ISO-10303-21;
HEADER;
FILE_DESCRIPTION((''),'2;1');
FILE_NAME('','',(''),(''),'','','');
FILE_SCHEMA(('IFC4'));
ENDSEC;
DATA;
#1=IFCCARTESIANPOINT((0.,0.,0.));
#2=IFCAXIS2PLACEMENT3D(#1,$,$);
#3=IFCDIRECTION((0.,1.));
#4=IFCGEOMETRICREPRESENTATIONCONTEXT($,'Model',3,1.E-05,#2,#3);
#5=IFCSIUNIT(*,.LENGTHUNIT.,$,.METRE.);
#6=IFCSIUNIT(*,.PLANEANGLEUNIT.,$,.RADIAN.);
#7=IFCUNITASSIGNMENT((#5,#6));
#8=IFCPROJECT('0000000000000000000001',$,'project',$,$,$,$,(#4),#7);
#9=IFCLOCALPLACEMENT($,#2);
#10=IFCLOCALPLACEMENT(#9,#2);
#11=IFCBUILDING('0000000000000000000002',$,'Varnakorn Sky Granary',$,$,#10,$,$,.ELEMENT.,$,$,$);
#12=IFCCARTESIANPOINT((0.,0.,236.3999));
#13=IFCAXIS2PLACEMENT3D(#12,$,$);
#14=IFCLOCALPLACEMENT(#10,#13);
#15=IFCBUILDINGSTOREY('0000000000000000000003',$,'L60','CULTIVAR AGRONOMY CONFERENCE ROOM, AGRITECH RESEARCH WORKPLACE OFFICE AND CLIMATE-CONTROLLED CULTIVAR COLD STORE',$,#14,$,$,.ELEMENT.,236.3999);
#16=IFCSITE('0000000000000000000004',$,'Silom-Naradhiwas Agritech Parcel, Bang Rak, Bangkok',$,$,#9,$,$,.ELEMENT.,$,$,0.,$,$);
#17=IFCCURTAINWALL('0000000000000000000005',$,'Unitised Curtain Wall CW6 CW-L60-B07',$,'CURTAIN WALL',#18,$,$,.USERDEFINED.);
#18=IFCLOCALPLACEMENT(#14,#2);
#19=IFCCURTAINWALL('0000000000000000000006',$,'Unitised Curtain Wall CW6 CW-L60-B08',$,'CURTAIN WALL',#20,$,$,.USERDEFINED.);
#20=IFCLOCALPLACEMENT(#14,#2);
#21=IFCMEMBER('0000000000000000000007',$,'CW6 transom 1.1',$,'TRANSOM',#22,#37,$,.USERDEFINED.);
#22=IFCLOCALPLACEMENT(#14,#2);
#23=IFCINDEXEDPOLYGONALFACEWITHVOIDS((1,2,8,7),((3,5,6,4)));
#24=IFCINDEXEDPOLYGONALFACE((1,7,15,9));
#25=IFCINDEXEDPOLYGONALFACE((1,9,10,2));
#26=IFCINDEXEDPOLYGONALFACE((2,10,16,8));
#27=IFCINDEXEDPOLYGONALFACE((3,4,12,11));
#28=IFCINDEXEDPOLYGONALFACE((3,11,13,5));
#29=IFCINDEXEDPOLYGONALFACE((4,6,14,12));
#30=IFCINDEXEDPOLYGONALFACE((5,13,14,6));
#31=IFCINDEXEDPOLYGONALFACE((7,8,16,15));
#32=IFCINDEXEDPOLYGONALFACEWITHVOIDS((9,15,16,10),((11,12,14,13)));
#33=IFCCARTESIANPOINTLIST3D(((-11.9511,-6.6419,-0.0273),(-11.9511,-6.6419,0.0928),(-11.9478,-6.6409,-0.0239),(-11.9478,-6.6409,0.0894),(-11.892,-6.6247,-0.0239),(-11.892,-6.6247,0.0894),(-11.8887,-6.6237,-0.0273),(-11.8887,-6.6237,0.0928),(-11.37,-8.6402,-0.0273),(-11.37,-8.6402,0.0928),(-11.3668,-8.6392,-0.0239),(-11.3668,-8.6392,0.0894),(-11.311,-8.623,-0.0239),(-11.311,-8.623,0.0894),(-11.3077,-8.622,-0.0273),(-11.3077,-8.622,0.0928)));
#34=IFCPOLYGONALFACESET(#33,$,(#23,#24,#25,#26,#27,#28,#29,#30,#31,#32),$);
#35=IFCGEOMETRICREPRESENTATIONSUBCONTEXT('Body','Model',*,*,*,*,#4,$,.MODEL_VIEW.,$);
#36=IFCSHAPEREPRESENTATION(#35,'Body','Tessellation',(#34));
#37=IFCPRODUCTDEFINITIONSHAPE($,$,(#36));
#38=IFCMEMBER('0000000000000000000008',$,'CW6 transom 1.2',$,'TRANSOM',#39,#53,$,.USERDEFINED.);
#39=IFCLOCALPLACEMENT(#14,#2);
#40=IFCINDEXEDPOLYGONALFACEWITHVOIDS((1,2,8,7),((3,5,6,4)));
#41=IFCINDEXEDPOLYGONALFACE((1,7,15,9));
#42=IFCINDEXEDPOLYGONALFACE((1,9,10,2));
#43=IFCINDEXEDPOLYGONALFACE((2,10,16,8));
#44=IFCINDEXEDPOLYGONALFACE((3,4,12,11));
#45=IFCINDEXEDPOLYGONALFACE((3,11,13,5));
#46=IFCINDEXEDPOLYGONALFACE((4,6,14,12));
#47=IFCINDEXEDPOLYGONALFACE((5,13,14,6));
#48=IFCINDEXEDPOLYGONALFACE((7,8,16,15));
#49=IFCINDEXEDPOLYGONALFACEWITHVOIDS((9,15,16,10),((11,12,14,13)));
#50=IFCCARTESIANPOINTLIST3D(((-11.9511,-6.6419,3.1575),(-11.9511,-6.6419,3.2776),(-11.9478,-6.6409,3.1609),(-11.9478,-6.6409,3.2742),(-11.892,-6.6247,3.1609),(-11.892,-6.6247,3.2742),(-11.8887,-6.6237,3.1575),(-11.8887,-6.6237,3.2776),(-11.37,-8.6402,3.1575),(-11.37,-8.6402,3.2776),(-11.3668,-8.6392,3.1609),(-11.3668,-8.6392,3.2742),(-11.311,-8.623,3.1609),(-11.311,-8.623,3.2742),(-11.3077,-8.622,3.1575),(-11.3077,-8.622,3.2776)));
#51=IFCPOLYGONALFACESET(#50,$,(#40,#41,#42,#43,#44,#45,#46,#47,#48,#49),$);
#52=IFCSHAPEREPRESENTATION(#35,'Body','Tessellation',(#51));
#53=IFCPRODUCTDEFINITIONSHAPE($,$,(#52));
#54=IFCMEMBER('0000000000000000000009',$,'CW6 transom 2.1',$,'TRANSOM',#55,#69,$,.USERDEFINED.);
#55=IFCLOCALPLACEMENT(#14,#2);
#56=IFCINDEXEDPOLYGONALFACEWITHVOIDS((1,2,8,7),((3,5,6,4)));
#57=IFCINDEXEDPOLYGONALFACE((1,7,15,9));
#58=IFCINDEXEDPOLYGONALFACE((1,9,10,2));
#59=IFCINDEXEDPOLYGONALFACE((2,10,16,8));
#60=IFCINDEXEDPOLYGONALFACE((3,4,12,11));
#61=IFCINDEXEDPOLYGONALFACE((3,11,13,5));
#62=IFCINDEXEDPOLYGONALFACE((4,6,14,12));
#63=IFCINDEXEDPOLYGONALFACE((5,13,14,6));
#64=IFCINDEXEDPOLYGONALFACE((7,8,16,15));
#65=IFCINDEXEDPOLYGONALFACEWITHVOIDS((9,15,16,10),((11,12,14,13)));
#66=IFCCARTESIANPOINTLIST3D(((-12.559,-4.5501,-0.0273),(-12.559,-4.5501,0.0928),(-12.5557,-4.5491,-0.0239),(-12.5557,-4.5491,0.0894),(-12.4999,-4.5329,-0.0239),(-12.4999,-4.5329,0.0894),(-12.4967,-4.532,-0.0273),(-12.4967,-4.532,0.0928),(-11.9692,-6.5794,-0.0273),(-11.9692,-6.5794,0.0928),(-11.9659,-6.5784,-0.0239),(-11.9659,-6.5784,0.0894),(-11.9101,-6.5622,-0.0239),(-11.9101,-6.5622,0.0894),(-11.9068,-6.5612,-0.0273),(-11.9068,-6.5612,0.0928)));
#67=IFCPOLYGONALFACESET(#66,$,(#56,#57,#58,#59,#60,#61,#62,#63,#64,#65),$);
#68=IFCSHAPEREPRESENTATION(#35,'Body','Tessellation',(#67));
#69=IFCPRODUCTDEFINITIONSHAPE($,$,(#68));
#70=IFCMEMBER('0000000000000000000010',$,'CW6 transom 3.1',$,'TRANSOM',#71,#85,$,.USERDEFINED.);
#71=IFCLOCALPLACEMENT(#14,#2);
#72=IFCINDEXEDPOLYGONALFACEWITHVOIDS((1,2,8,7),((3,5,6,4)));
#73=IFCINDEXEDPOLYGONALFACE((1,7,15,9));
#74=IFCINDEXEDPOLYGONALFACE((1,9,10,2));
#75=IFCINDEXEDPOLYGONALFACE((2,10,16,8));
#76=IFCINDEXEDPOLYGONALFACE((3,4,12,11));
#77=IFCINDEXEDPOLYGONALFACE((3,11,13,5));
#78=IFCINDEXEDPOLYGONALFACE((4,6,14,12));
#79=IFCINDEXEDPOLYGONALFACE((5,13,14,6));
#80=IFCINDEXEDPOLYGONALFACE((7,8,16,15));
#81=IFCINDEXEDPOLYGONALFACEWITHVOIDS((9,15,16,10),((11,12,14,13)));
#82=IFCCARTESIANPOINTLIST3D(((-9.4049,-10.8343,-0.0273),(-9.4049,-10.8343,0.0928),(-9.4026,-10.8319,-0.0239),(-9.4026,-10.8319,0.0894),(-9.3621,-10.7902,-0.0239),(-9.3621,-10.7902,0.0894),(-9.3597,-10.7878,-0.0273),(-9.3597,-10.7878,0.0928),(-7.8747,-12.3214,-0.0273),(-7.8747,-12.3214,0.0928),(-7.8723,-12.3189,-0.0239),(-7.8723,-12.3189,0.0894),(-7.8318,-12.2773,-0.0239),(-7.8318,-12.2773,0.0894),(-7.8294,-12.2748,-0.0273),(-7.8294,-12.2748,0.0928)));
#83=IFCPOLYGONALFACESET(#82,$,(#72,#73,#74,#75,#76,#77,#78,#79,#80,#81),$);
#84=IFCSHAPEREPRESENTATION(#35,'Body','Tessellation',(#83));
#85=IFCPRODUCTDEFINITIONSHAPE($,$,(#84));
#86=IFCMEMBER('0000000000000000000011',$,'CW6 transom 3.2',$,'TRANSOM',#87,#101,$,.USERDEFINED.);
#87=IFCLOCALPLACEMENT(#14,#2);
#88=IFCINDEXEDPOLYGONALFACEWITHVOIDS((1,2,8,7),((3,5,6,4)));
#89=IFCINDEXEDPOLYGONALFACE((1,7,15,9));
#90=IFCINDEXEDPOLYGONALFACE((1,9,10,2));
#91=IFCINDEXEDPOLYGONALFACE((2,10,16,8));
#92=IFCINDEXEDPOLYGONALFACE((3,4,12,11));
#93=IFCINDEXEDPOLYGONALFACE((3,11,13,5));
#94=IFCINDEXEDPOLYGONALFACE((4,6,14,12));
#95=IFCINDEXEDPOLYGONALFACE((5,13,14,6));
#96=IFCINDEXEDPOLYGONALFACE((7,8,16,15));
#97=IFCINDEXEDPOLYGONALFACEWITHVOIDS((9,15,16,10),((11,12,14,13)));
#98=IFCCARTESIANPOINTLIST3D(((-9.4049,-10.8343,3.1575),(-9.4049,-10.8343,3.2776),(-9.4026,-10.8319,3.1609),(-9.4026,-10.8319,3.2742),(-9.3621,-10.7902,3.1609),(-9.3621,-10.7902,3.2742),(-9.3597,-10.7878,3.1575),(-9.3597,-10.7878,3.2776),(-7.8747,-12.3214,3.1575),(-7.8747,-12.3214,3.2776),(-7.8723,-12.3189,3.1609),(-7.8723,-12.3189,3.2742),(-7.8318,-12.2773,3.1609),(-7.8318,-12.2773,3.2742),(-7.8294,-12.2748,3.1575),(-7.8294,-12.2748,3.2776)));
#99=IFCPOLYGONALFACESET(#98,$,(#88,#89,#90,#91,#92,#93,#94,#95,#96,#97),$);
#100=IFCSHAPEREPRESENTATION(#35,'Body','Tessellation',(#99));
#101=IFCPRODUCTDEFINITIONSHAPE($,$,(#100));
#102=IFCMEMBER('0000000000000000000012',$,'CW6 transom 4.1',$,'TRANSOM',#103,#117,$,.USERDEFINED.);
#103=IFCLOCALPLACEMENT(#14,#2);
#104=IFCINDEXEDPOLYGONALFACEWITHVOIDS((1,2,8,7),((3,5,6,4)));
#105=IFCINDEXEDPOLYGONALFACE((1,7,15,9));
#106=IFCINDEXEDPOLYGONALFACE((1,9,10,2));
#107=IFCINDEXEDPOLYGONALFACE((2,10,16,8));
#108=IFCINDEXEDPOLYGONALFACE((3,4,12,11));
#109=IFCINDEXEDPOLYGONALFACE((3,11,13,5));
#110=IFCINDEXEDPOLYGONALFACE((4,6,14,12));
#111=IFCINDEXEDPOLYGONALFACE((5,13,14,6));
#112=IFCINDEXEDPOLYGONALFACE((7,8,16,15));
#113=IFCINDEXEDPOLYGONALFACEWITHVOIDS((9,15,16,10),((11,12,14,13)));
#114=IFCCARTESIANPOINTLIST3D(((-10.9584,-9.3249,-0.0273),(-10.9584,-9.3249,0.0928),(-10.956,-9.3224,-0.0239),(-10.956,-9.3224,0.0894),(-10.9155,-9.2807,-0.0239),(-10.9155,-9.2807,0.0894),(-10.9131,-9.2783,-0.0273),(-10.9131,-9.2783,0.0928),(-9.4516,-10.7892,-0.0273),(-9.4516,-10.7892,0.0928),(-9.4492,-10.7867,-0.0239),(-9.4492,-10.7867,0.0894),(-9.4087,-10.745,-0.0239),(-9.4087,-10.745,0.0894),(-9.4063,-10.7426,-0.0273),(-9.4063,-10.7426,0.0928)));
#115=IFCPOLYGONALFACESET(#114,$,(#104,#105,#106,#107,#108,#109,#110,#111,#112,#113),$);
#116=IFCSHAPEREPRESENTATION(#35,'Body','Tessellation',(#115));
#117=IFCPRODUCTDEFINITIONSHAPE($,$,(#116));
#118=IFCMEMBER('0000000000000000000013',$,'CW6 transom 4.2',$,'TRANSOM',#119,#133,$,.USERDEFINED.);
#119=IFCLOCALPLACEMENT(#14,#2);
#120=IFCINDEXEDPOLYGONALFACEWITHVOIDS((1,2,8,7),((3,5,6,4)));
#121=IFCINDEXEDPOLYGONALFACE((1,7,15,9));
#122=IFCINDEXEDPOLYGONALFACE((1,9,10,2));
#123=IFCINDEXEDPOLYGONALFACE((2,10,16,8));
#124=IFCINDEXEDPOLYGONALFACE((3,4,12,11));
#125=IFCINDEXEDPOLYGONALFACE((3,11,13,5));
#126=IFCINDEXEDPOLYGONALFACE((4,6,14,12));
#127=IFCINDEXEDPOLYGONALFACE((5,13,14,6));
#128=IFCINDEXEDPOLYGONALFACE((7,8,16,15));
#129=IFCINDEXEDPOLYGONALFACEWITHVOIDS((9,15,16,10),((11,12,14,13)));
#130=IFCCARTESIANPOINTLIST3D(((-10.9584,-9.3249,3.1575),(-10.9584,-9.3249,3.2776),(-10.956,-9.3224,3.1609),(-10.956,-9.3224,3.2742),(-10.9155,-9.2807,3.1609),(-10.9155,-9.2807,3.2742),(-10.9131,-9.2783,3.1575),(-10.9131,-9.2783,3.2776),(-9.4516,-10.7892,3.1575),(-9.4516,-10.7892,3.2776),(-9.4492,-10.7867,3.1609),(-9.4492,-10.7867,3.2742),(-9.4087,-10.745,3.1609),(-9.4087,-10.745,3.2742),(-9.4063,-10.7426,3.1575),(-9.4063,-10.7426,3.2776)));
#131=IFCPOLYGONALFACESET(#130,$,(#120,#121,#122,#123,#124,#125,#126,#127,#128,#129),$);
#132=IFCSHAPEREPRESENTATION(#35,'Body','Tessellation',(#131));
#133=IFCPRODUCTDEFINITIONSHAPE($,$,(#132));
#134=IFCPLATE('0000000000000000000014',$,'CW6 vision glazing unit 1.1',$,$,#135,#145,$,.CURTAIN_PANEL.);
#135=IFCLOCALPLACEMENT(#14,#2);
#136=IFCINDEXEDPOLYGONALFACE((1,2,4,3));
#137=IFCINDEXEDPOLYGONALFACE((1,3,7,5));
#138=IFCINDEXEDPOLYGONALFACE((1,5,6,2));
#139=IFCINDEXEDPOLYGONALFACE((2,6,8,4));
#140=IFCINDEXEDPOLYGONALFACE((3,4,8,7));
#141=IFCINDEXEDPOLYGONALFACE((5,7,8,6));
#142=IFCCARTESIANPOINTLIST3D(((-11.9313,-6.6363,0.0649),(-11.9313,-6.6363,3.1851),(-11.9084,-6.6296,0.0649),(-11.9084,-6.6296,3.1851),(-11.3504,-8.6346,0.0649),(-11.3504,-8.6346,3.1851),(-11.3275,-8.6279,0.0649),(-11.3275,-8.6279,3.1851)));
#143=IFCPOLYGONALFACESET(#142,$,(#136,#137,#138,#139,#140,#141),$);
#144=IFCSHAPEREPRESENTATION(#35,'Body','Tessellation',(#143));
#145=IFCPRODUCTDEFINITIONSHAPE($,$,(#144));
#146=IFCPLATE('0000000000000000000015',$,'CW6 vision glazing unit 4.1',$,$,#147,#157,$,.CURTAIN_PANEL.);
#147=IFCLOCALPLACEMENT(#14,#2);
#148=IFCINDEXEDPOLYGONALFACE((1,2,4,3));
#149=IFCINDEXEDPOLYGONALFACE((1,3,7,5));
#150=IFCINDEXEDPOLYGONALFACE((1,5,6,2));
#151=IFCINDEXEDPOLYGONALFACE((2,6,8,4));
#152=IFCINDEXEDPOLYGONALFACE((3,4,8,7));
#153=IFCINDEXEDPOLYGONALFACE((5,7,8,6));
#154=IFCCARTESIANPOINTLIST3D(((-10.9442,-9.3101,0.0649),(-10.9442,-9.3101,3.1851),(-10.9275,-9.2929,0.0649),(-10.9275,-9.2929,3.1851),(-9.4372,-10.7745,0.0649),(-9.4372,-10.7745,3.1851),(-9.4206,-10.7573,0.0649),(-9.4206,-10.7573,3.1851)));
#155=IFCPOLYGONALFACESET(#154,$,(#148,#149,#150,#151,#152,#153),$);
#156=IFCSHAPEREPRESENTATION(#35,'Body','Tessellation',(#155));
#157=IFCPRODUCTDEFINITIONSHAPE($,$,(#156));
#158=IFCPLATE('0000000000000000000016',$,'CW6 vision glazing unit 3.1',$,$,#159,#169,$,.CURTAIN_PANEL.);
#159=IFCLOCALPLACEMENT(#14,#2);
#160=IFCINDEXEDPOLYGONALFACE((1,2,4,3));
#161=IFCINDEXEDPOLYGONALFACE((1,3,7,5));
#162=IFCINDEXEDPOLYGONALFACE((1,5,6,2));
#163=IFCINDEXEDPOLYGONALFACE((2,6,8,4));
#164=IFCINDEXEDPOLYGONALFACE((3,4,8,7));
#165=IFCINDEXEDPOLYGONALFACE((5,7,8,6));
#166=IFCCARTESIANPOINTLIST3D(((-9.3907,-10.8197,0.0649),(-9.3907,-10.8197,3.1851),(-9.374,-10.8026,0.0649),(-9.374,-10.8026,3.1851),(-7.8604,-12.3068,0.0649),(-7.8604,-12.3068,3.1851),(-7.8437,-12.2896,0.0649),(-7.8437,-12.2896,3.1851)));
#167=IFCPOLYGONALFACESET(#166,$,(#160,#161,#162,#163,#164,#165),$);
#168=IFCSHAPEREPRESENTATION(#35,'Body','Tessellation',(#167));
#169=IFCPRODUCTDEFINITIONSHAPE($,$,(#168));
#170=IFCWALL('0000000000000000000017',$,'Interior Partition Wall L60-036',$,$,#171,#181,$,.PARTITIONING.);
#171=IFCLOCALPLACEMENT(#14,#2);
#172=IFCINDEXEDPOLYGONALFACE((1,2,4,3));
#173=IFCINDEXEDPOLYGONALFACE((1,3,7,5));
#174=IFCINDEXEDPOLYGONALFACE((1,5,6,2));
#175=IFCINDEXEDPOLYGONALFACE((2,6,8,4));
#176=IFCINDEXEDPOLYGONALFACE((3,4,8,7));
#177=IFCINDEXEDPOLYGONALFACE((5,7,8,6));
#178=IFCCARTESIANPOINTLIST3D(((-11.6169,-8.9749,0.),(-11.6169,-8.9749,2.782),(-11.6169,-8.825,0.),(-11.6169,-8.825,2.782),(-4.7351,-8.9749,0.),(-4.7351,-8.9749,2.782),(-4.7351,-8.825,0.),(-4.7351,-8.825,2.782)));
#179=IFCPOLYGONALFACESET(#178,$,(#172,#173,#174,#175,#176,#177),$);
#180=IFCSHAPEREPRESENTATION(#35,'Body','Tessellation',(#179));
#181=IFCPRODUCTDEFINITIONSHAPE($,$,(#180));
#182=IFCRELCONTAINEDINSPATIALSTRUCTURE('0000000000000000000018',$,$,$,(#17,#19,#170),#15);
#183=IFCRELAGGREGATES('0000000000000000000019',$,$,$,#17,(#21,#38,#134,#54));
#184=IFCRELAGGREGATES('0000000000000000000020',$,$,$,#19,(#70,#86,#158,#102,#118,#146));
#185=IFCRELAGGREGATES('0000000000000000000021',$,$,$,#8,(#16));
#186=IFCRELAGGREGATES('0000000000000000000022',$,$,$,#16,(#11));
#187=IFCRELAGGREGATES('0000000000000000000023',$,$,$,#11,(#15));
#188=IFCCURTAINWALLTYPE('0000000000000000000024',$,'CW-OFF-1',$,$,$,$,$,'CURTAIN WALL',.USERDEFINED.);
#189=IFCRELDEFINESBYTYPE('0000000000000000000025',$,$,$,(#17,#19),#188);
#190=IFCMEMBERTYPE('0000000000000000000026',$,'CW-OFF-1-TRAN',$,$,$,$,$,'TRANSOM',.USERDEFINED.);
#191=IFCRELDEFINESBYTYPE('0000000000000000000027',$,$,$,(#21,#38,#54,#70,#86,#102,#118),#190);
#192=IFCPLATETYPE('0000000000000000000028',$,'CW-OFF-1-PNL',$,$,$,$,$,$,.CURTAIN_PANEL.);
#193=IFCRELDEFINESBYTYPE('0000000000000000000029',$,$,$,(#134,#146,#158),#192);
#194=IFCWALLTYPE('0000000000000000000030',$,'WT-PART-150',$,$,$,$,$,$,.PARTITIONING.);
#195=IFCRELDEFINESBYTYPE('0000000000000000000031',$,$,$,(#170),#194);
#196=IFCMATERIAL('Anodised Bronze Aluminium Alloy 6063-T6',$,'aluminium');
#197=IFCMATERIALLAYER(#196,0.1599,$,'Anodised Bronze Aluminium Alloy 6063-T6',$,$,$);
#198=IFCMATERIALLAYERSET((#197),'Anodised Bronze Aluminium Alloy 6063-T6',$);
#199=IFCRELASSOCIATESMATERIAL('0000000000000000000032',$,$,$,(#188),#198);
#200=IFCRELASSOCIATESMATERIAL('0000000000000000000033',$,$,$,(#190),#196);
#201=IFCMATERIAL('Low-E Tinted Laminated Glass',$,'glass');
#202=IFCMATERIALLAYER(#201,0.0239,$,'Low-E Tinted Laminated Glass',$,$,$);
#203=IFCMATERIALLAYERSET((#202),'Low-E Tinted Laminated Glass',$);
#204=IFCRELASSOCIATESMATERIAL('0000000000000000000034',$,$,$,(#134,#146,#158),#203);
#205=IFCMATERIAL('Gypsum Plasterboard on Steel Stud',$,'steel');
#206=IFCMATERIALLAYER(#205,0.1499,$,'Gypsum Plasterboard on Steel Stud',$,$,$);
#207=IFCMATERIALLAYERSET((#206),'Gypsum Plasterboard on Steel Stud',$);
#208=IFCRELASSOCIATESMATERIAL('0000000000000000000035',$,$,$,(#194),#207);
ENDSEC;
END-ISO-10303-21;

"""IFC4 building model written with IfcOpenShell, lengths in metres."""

from ifc_helpers import new_model, si_unit, direction, frame, frame_2d, origin, origin_2d, place, context, subcontext, project, spatial, rectangle, hollow_rectangle, extrude, source, transform, mapped, material, layer, layer_set, material_profile, profile_set, type_object, type_shapes, element, aggregate, save


model = new_model("IFC4")

# Units and contexts
model_context = context("Model", 3, precision=1e-05, world=origin(), true_north=direction((0.0, 1.0)))
body_context = subcontext(model_context, "Body", "Model", "MODEL_VIEW")
ifc_project = project(units=[si_unit("LENGTHUNIT", "METRE"), si_unit("PLANEANGLEUNIT", "RADIAN")], contexts=[model_context])

# Site, building, storey
site_placement = place(None, origin())
site = spatial("IfcSite", under=ifc_project, at=site_placement, Name="Silom-Naradhiwas Agritech Parcel, Bang Rak, Bangkok", CompositionType="ELEMENT", RefElevation=0.0)
building_placement = place(site_placement, origin())
building = spatial("IfcBuilding", under=site, at=building_placement, Name="Varnakorn Sky Granary", CompositionType="ELEMENT")
storey_placement = place(building_placement, frame((0.0, 0.0, 236.3999)))
storey = spatial("IfcBuildingStorey", under=building, at=storey_placement, Name="L60", Description="CULTIVAR AGRONOMY CONFERENCE ROOM, AGRITECH RESEARCH WORKPLACE OFFICE AND CLIMATE-CONTROLLED CULTIVAR COLD STORE", CompositionType="ELEMENT", Elevation=236.3999)

# Curtain walls
ifc_material_1 = material(Name="Anodised Bronze Aluminium Alloy 6063-T6", Category="aluminium")
ifc_layer_1 = layer(ifc_material_1, 0.1599, Name="Anodised Bronze Aluminium Alloy 6063-T6")
ifc_layer_set_1 = layer_set([ifc_layer_1], Name="Anodised Bronze Aluminium Alloy 6063-T6")
curtain_wall_type = type_object("IfcCurtainWallType", Name="CW-OFF-1", ElementType="CURTAIN WALL", PredefinedType="USERDEFINED", material=ifc_layer_set_1)
curtain_wall_1_placement = place(storey_placement, origin())
curtain_wall_1 = element("IfcCurtainWall", 1, at=curtain_wall_1_placement, inside=storey, type_object=curtain_wall_type, Name="Unitised Curtain Wall CW6 CW-L60-B07", ObjectType="CURTAIN WALL", PredefinedType="USERDEFINED")
curtain_wall_2_placement = place(storey_placement, origin())
curtain_wall_2 = element("IfcCurtainWall", 2, at=curtain_wall_2_placement, inside=storey, type_object=curtain_wall_type, Name="Unitised Curtain Wall CW6 CW-L60-B08", ObjectType="CURTAIN WALL", PredefinedType="USERDEFINED")

# Members
ifc_material_profile_1 = material_profile(ifc_material_1, hollow_rectangle(XDim=0.0649, YDim=0.1201, WallThickness=0.0034, at=origin_2d()), Name="ALU TRAN 65x120")
ifc_profile_set_1 = profile_set([ifc_material_profile_1], Name="Anodised Bronze Aluminium Alloy 6063-T6")
member_type_1 = type_object("IfcMemberType", Name="CW-OFF-1-TRAN", ElementType="TRANSOM", PredefinedType="USERDEFINED", material=ifc_profile_set_1)
member_1_placement = place(storey_placement, frame((-11.3389, -8.6311, 0.0327), z_axis=(-0.279212, 0.96023, 0.0), x_axis=(-0.96023, -0.279212, 0.0)))
member_1 = element("IfcMember", 3, at=member_1_placement, type_object=member_type_1, Name="CW6 transom 1.1", ObjectType="TRANSOM", PredefinedType="USERDEFINED", context=body_context, shape_type="SweptSolid", body=[
    extrude(hollow_rectangle(XDim=0.0649, YDim=0.1201, WallThickness=0.0034, at=origin_2d()), origin(), (0.0, 0.0, 1.0), 2.0811),
])
member_2_placement = place(storey_placement, frame((-11.3389, -8.6311, 3.2175), z_axis=(-0.279212, 0.96023, 0.0), x_axis=(-0.96023, -0.279212, 0.0)))
member_2 = element("IfcMember", 4, at=member_2_placement, type_object=member_type_1, Name="CW6 transom 1.2", ObjectType="TRANSOM", PredefinedType="USERDEFINED", context=body_context, shape_type="SweptSolid", body=[
    extrude(hollow_rectangle(XDim=0.0649, YDim=0.1201, WallThickness=0.0034, at=origin_2d()), origin(), (0.0, 0.0, 1.0), 2.0811),
])
member_3_placement = place(storey_placement, frame((-11.938, -6.5703, 0.0327), z_axis=(-0.279113, 0.960258, 0.0), x_axis=(-0.960258, -0.279113, 0.0)))
member_3 = element("IfcMember", 5, at=member_3_placement, type_object=member_type_1, Name="CW6 transom 2.1", ObjectType="TRANSOM", PredefinedType="USERDEFINED", context=body_context, shape_type="SweptSolid", body=[
    extrude(hollow_rectangle(XDim=0.0649, YDim=0.1201, WallThickness=0.0034, at=origin_2d()), origin(), (0.0, 0.0, 1.0), 2.1133),
])
member_4_placement = place(storey_placement, frame((-7.8521, -12.2981, 0.0327), z_axis=(-0.71716, 0.696908, 0.0), x_axis=(-0.696908, -0.71716, 0.0)))
member_4 = element("IfcMember", 6, at=member_4_placement, type_object=member_type_1, Name="CW6 transom 3.1", ObjectType="TRANSOM", PredefinedType="USERDEFINED", context=body_context, shape_type="SweptSolid", body=[
    extrude(hollow_rectangle(XDim=0.0649, YDim=0.1201, WallThickness=0.0034, at=origin_2d()), origin(), (0.0, 0.0, 1.0), 2.1338),
])
member_5_placement = place(storey_placement, frame((-7.8521, -12.2981, 3.2175), z_axis=(-0.71716, 0.696908, 0.0), x_axis=(-0.696908, -0.71716, 0.0)))
member_5 = element("IfcMember", 7, at=member_5_placement, type_object=member_type_1, Name="CW6 transom 3.2", ObjectType="TRANSOM", PredefinedType="USERDEFINED", context=body_context, shape_type="SweptSolid", body=[
    extrude(hollow_rectangle(XDim=0.0649, YDim=0.1201, WallThickness=0.0034, at=origin_2d()), origin(), (0.0, 0.0, 1.0), 2.1338),
])
member_6_placement = place(storey_placement, frame((-9.429, -10.7659, 0.0327), z_axis=(-0.717143, 0.696926, 0.0), x_axis=(-0.696926, -0.717143, 0.0)))
member_6 = element("IfcMember", 8, at=member_6_placement, type_object=member_type_1, Name="CW6 transom 4.1", ObjectType="TRANSOM", PredefinedType="USERDEFINED", context=body_context, shape_type="SweptSolid", body=[
    extrude(hollow_rectangle(XDim=0.0649, YDim=0.1201, WallThickness=0.0034, at=origin_2d()), origin(), (0.0, 0.0, 1.0), 2.1011),
])
member_7_placement = place(storey_placement, frame((-9.429, -10.7659, 3.2175), z_axis=(-0.717143, 0.696926, 0.0), x_axis=(-0.696926, -0.717143, 0.0)))
member_7 = element("IfcMember", 9, at=member_7_placement, type_object=member_type_1, Name="CW6 transom 4.2", ObjectType="TRANSOM", PredefinedType="USERDEFINED", context=body_context, shape_type="SweptSolid", body=[
    extrude(hollow_rectangle(XDim=0.0649, YDim=0.1201, WallThickness=0.0034, at=origin_2d()), origin(), (0.0, 0.0, 1.0), 2.1011),
])

# Plates
ifc_material_2 = material(Name="Low-E Tinted Laminated Glass", Category="glass")
ifc_layer_2 = layer(ifc_material_2, 0.0239, Name="Low-E Tinted Laminated Glass")
ifc_layer_set_2 = layer_set([ifc_layer_2], Name="Low-E Tinted Laminated Glass")
plate_type = type_object("IfcPlateType", Name="CW-OFF-1-PNL", PredefinedType="CURTAIN_PANEL")
shared_shape_1 = source(origin(), body_context, "Body", "SweptSolid", [
    extrude(rectangle(XDim=2.0811, YDim=0.0239, at=origin_2d()), origin(), (0.0, 0.0, 1.0), 3.1201),
])
plate_1_placement = place(storey_placement, frame((-11.6294, -7.6321, 0.0649), z_axis=(0.0, 0.0, 1.0), x_axis=(-0.279141, 0.96025, 0.0)))
plate_1 = element("IfcPlate", 10, at=plate_1_placement, type_object=plate_type, material=ifc_layer_set_2, Name="CW6 vision glazing unit 1.1", PredefinedType="CURTAIN_PANEL", context=body_context, shape_type="MappedRepresentation", body=[
    mapped(shared_shape_1, transform((0.0, 0.0, 0.0), x_axis=(1.0, 0.0, 0.0), y_axis=(0.0, 1.0, 0.0), z_axis=(0.0, 0.0, 1.0), scale=1.0)),
])
aggregate(curtain_wall_1, [member_1, member_2, plate_1, member_3])
shared_shape_2 = source(origin(), body_context, "Body", "SweptSolid", [
    extrude(rectangle(XDim=2.1013, YDim=0.0239, at=origin_2d()), origin(), (0.0, 0.0, 1.0), 3.1201),
])
plate_2_placement = place(storey_placement, frame((-10.1824, -10.0337, 0.0649), z_axis=(0.0, 0.0, 1.0), x_axis=(-0.717154, 0.696915, 0.0)))
plate_2 = element("IfcPlate", 11, at=plate_2_placement, type_object=plate_type, material=ifc_layer_set_2, Name="CW6 vision glazing unit 4.1", PredefinedType="CURTAIN_PANEL", context=body_context, shape_type="MappedRepresentation", body=[
    mapped(shared_shape_2, transform((0.0, 0.0, 0.0), x_axis=(1.0, 0.0, 0.0), y_axis=(0.0, 1.0, 0.0), z_axis=(0.0, 0.0, 1.0), scale=1.0)),
])
shared_shape_3 = source(origin(), body_context, "Body", "SweptSolid", [
    extrude(rectangle(XDim=2.1338, YDim=0.0239, at=origin_2d()), origin(), (0.0, 0.0, 1.0), 3.1201),
])
type_shapes(plate_type, [shared_shape_1, shared_shape_2, shared_shape_3])
plate_3_placement = place(storey_placement, frame((-8.6172, -11.5547, 0.0649), z_axis=(0.0, 0.0, 1.0), x_axis=(-0.717154, 0.696915, 0.0)))
plate_3 = element("IfcPlate", 12, at=plate_3_placement, type_object=plate_type, material=ifc_layer_set_2, Name="CW6 vision glazing unit 3.1", PredefinedType="CURTAIN_PANEL", context=body_context, shape_type="MappedRepresentation", body=[
    mapped(shared_shape_3, transform((0.0, 0.0, 0.0), x_axis=(1.0, 0.0, 0.0), y_axis=(0.0, 1.0, 0.0), z_axis=(0.0, 0.0, 1.0), scale=1.0)),
])
aggregate(curtain_wall_2, [member_4, member_5, plate_3, member_6, member_7, plate_2])

# Wall
ifc_material_3 = material(Name="Gypsum Plasterboard on Steel Stud", Category="steel")
ifc_layer_3 = layer(ifc_material_3, 0.1499, Name="Gypsum Plasterboard on Steel Stud")
ifc_layer_set_3 = layer_set([ifc_layer_3], Name="Gypsum Plasterboard on Steel Stud")
wall_type = type_object("IfcWallType", Name="WT-PART-150", PredefinedType="PARTITIONING", material=ifc_layer_set_3)
wall_placement = place(storey_placement, frame((-11.6169, -8.8999, 0.0), z_axis=(0.0, 0.0, 1.0), x_axis=(1.0, 0.0, 0.0)))
element("IfcWall", 13, at=wall_placement, inside=storey, type_object=wall_type, Name="Interior Partition Wall L60-036", PredefinedType="PARTITIONING", context=body_context, shape_type="SweptSolid", body=[
    extrude(rectangle(XDim=6.8818, YDim=0.1499, at=frame_2d((3.4409, 0.0))), origin(), (0.0, 0.0, 1.0), 2.782),
])

save(model, "model.ifc")
